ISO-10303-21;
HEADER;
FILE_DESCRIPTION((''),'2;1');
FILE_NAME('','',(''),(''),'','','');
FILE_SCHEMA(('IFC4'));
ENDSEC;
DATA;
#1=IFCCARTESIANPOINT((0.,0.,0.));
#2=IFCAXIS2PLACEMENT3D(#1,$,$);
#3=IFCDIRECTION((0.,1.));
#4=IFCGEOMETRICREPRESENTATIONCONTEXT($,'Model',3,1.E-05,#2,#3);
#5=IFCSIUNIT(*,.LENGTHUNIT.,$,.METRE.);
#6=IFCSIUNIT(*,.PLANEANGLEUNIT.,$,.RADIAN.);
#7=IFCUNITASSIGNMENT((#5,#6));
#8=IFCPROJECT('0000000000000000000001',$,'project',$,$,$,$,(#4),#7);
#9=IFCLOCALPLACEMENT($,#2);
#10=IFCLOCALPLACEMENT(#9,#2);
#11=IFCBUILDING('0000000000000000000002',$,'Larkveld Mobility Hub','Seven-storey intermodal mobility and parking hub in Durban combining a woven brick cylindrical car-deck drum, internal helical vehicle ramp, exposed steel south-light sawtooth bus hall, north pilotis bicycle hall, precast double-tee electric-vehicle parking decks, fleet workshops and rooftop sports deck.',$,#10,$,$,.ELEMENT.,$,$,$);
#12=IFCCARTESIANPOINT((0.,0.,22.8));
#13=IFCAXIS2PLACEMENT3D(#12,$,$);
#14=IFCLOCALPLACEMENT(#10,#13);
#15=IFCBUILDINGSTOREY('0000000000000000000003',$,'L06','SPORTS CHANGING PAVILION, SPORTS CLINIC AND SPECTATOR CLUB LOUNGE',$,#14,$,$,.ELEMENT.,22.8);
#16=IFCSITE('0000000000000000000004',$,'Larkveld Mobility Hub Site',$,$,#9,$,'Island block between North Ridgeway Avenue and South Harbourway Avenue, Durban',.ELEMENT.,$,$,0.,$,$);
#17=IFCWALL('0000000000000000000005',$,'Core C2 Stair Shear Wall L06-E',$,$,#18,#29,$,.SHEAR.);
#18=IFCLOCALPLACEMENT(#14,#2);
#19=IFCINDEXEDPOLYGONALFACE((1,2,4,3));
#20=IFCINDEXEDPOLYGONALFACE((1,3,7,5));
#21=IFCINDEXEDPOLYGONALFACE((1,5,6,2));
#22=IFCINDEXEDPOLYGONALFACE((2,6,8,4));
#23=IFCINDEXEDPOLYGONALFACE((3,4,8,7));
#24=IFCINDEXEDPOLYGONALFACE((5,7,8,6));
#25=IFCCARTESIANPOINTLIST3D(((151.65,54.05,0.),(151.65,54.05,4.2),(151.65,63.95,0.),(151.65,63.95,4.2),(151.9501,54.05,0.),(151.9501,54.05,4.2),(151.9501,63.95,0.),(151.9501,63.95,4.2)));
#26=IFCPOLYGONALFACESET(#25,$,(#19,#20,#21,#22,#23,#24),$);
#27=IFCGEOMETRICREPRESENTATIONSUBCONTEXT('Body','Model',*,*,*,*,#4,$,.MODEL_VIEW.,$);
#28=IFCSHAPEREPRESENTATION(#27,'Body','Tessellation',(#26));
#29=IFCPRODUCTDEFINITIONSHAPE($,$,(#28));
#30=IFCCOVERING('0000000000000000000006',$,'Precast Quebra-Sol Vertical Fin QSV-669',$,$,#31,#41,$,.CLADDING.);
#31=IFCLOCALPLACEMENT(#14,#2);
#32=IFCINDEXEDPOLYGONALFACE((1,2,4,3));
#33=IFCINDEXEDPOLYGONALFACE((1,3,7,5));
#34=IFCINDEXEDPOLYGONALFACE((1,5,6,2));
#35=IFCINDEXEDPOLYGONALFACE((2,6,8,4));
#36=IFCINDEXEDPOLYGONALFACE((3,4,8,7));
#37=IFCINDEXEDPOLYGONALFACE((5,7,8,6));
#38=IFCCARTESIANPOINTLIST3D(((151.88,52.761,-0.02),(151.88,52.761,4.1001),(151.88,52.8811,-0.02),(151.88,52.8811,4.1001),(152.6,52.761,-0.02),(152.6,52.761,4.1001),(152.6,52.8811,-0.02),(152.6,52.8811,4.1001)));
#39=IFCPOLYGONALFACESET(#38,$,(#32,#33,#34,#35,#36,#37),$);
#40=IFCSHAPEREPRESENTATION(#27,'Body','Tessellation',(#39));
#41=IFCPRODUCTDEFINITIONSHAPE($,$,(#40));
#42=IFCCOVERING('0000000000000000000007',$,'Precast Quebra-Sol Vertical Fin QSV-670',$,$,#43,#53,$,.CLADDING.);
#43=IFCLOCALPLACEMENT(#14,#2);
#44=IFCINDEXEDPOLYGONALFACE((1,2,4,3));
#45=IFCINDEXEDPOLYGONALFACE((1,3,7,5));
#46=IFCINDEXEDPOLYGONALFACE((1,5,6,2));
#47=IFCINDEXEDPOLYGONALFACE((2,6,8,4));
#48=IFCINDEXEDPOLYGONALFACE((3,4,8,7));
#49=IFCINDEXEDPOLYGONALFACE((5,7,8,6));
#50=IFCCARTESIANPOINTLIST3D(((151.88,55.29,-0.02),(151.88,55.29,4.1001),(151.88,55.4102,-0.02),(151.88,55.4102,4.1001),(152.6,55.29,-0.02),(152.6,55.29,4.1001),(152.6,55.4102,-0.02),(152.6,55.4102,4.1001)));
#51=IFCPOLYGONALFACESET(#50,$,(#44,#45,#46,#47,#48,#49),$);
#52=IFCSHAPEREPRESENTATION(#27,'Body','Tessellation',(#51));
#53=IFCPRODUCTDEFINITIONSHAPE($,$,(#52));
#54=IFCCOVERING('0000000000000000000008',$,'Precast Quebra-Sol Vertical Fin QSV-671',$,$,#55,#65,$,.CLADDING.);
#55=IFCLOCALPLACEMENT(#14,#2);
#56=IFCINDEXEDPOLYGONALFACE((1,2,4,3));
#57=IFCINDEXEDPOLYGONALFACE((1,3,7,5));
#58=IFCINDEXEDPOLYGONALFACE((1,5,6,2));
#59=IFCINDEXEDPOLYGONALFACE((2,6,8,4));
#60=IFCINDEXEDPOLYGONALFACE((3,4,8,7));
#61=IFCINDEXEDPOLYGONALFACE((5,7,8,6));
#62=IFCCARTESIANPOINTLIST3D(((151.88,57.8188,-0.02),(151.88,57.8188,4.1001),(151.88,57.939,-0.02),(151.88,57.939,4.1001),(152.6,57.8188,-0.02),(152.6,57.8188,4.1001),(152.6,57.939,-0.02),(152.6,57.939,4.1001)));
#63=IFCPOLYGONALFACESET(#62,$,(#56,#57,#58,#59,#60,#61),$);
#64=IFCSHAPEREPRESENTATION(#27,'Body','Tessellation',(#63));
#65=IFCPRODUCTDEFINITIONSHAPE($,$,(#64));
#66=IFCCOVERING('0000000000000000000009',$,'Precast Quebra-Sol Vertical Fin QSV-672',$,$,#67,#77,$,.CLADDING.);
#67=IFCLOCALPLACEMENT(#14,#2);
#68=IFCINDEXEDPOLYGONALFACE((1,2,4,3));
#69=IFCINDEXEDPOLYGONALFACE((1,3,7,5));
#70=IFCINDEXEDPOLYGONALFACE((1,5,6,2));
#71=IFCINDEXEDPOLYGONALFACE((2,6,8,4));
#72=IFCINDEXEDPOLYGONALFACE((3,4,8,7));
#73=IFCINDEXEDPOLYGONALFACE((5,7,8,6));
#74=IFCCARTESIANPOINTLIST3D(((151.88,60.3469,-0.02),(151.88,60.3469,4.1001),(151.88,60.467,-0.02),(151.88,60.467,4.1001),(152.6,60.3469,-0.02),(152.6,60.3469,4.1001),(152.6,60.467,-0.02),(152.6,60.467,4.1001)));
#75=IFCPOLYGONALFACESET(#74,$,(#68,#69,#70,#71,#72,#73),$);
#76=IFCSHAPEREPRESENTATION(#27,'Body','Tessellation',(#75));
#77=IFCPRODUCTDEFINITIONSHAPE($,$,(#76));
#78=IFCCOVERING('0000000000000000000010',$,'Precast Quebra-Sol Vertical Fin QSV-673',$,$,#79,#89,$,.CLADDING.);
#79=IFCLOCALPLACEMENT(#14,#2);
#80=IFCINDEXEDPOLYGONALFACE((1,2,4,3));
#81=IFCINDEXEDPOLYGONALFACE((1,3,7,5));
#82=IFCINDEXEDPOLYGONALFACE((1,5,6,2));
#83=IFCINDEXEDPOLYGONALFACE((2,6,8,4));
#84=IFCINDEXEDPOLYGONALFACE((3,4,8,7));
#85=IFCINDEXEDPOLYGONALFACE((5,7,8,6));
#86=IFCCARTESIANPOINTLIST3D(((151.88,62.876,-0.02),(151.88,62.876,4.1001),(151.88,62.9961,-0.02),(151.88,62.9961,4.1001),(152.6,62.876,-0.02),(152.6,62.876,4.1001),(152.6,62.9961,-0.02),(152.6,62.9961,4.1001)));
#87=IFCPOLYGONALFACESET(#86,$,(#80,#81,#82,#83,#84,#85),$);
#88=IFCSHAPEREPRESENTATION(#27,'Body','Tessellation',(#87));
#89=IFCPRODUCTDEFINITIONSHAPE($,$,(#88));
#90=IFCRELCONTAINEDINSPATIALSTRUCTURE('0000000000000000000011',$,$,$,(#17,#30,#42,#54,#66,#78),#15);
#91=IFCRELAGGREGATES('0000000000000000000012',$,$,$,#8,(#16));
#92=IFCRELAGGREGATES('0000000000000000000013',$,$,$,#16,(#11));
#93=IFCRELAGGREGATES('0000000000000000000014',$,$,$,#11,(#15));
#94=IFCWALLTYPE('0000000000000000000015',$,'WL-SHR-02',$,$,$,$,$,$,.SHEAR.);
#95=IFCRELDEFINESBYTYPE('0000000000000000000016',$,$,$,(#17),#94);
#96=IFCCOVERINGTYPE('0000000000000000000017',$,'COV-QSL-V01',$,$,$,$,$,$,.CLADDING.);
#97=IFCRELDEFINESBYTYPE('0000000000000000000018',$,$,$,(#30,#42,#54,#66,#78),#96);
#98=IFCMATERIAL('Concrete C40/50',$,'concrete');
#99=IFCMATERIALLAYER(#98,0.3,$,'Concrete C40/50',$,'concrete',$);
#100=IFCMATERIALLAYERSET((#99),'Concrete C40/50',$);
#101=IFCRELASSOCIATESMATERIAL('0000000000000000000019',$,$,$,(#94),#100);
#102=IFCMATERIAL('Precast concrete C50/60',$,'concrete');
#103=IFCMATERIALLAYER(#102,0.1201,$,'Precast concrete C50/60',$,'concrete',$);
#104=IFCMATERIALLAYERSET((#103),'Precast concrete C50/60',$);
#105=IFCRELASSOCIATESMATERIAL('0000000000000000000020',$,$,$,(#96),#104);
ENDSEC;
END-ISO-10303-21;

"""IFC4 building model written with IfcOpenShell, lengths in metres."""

from ifc_helpers import new_model, si_unit, direction, frame, frame_2d, origin, origin_2d, place, context, subcontext, project, spatial, rectangle, extrude, material, layer, layer_set, type_object, element, save


model = new_model("IFC4")

# Units and contexts
model_context = context("Model", 3, precision=1e-05, world=origin(), true_north=direction((0.0, 1.0)))
body_context = subcontext(model_context, "Body", "Model", "MODEL_VIEW")
ifc_project = project(units=[si_unit("LENGTHUNIT", "METRE"), si_unit("PLANEANGLEUNIT", "RADIAN")], contexts=[model_context])

# Site, building, storey
site_placement = place(None, origin())
site = spatial("IfcSite", under=ifc_project, at=site_placement, Name="Larkveld Mobility Hub Site", LongName="Island block between North Ridgeway Avenue and South Harbourway Avenue, Durban", CompositionType="ELEMENT", RefElevation=0.0)
building_placement = place(site_placement, origin())
building = spatial("IfcBuilding", under=site, at=building_placement, Name="Larkveld Mobility Hub", Description="Seven-storey intermodal mobility and parking hub in Durban combining a woven brick cylindrical car-deck drum, internal helical vehicle ramp, exposed steel south-light sawtooth bus hall, north pilotis bicycle hall, precast double-tee electric-vehicle parking decks, fleet workshops and rooftop sports deck.", CompositionType="ELEMENT")
storey_placement = place(building_placement, frame((0.0, 0.0, 22.8)))
storey = spatial("IfcBuildingStorey", under=building, at=storey_placement, Name="L06", Description="SPORTS CHANGING PAVILION, SPORTS CLINIC AND SPECTATOR CLUB LOUNGE", CompositionType="ELEMENT", Elevation=22.8)

# Shared definitions
ifc_material_1 = material(Name="Concrete C40/50", Category="concrete")

# Shared definitions
ifc_material_2 = material(Name="Precast concrete C50/60", Category="concrete")

# Wall
ifc_layer_1 = layer(ifc_material_1, 0.3, Name="Concrete C40/50", Category="concrete")
ifc_layer_set_1 = layer_set([ifc_layer_1], Name="Concrete C40/50")
wall_type_1 = type_object("IfcWallType", Name="WL-SHR-02", PredefinedType="SHEAR", material=ifc_layer_set_1)
wall_1_placement = place(storey_placement, frame((151.8, 63.95, 0.0), z_axis=(0.0, 0.0, 1.0), x_axis=(0.0, -1.0, 0.0)))
element("IfcWall", 1, at=wall_1_placement, inside=storey, type_object=wall_type_1, Name="Core C2 Stair Shear Wall L06-E", PredefinedType="SHEAR", context=body_context, shape_type="SweptSolid", body=[
    extrude(rectangle(XDim=9.8999, YDim=0.3, at=frame_2d((4.95, 0.0))), origin(), (0.0, 0.0, 1.0), 4.2),
])

# Coverings
ifc_layer_2 = layer(ifc_material_2, 0.1201, Name="Precast concrete C50/60", Category="concrete")
ifc_layer_set_2 = layer_set([ifc_layer_2], Name="Precast concrete C50/60")
covering_type = type_object("IfcCoveringType", Name="COV-QSL-V01", PredefinedType="CLADDING", material=ifc_layer_set_2)
for number, where, z_axis, x_axis, name in (
    (2, (152.24, 52.821, -0.02), (0.0, 0.0, 1.0), (0.0, 1.0, 0.0), "Precast Quebra-Sol Vertical Fin QSV-669"),
    (3, (152.24, 55.3501, -0.02), (0.0, 0.0, 1.0), (0.0, 1.0, 0.0), "Precast Quebra-Sol Vertical Fin QSV-670"),
    (4, (152.24, 57.8789, -0.02), (0.0, 0.0, 1.0), (0.0, 1.0, 0.0), "Precast Quebra-Sol Vertical Fin QSV-671"),
    (5, (152.24, 60.407, -0.02), (0.0, 0.0, 1.0), (0.0, 1.0, 0.0), "Precast Quebra-Sol Vertical Fin QSV-672"),
    (6, (152.24, 62.936, -0.02), (0.0, 0.0, 1.0), (0.0, 1.0, 0.0), "Precast Quebra-Sol Vertical Fin QSV-673"),
):
    element("IfcCovering", number, at=place(storey_placement, frame(where, z_axis=z_axis, x_axis=x_axis)), inside=storey, type_object=covering_type, Name=name, PredefinedType="CLADDING", context=body_context, shape_type="SweptSolid", body=[
        extrude(rectangle(XDim=0.1201, YDim=0.72, at=origin_2d()), origin(), (0.0, 0.0, 1.0), 4.1201),
    ])

save(model, "model.ifc")
